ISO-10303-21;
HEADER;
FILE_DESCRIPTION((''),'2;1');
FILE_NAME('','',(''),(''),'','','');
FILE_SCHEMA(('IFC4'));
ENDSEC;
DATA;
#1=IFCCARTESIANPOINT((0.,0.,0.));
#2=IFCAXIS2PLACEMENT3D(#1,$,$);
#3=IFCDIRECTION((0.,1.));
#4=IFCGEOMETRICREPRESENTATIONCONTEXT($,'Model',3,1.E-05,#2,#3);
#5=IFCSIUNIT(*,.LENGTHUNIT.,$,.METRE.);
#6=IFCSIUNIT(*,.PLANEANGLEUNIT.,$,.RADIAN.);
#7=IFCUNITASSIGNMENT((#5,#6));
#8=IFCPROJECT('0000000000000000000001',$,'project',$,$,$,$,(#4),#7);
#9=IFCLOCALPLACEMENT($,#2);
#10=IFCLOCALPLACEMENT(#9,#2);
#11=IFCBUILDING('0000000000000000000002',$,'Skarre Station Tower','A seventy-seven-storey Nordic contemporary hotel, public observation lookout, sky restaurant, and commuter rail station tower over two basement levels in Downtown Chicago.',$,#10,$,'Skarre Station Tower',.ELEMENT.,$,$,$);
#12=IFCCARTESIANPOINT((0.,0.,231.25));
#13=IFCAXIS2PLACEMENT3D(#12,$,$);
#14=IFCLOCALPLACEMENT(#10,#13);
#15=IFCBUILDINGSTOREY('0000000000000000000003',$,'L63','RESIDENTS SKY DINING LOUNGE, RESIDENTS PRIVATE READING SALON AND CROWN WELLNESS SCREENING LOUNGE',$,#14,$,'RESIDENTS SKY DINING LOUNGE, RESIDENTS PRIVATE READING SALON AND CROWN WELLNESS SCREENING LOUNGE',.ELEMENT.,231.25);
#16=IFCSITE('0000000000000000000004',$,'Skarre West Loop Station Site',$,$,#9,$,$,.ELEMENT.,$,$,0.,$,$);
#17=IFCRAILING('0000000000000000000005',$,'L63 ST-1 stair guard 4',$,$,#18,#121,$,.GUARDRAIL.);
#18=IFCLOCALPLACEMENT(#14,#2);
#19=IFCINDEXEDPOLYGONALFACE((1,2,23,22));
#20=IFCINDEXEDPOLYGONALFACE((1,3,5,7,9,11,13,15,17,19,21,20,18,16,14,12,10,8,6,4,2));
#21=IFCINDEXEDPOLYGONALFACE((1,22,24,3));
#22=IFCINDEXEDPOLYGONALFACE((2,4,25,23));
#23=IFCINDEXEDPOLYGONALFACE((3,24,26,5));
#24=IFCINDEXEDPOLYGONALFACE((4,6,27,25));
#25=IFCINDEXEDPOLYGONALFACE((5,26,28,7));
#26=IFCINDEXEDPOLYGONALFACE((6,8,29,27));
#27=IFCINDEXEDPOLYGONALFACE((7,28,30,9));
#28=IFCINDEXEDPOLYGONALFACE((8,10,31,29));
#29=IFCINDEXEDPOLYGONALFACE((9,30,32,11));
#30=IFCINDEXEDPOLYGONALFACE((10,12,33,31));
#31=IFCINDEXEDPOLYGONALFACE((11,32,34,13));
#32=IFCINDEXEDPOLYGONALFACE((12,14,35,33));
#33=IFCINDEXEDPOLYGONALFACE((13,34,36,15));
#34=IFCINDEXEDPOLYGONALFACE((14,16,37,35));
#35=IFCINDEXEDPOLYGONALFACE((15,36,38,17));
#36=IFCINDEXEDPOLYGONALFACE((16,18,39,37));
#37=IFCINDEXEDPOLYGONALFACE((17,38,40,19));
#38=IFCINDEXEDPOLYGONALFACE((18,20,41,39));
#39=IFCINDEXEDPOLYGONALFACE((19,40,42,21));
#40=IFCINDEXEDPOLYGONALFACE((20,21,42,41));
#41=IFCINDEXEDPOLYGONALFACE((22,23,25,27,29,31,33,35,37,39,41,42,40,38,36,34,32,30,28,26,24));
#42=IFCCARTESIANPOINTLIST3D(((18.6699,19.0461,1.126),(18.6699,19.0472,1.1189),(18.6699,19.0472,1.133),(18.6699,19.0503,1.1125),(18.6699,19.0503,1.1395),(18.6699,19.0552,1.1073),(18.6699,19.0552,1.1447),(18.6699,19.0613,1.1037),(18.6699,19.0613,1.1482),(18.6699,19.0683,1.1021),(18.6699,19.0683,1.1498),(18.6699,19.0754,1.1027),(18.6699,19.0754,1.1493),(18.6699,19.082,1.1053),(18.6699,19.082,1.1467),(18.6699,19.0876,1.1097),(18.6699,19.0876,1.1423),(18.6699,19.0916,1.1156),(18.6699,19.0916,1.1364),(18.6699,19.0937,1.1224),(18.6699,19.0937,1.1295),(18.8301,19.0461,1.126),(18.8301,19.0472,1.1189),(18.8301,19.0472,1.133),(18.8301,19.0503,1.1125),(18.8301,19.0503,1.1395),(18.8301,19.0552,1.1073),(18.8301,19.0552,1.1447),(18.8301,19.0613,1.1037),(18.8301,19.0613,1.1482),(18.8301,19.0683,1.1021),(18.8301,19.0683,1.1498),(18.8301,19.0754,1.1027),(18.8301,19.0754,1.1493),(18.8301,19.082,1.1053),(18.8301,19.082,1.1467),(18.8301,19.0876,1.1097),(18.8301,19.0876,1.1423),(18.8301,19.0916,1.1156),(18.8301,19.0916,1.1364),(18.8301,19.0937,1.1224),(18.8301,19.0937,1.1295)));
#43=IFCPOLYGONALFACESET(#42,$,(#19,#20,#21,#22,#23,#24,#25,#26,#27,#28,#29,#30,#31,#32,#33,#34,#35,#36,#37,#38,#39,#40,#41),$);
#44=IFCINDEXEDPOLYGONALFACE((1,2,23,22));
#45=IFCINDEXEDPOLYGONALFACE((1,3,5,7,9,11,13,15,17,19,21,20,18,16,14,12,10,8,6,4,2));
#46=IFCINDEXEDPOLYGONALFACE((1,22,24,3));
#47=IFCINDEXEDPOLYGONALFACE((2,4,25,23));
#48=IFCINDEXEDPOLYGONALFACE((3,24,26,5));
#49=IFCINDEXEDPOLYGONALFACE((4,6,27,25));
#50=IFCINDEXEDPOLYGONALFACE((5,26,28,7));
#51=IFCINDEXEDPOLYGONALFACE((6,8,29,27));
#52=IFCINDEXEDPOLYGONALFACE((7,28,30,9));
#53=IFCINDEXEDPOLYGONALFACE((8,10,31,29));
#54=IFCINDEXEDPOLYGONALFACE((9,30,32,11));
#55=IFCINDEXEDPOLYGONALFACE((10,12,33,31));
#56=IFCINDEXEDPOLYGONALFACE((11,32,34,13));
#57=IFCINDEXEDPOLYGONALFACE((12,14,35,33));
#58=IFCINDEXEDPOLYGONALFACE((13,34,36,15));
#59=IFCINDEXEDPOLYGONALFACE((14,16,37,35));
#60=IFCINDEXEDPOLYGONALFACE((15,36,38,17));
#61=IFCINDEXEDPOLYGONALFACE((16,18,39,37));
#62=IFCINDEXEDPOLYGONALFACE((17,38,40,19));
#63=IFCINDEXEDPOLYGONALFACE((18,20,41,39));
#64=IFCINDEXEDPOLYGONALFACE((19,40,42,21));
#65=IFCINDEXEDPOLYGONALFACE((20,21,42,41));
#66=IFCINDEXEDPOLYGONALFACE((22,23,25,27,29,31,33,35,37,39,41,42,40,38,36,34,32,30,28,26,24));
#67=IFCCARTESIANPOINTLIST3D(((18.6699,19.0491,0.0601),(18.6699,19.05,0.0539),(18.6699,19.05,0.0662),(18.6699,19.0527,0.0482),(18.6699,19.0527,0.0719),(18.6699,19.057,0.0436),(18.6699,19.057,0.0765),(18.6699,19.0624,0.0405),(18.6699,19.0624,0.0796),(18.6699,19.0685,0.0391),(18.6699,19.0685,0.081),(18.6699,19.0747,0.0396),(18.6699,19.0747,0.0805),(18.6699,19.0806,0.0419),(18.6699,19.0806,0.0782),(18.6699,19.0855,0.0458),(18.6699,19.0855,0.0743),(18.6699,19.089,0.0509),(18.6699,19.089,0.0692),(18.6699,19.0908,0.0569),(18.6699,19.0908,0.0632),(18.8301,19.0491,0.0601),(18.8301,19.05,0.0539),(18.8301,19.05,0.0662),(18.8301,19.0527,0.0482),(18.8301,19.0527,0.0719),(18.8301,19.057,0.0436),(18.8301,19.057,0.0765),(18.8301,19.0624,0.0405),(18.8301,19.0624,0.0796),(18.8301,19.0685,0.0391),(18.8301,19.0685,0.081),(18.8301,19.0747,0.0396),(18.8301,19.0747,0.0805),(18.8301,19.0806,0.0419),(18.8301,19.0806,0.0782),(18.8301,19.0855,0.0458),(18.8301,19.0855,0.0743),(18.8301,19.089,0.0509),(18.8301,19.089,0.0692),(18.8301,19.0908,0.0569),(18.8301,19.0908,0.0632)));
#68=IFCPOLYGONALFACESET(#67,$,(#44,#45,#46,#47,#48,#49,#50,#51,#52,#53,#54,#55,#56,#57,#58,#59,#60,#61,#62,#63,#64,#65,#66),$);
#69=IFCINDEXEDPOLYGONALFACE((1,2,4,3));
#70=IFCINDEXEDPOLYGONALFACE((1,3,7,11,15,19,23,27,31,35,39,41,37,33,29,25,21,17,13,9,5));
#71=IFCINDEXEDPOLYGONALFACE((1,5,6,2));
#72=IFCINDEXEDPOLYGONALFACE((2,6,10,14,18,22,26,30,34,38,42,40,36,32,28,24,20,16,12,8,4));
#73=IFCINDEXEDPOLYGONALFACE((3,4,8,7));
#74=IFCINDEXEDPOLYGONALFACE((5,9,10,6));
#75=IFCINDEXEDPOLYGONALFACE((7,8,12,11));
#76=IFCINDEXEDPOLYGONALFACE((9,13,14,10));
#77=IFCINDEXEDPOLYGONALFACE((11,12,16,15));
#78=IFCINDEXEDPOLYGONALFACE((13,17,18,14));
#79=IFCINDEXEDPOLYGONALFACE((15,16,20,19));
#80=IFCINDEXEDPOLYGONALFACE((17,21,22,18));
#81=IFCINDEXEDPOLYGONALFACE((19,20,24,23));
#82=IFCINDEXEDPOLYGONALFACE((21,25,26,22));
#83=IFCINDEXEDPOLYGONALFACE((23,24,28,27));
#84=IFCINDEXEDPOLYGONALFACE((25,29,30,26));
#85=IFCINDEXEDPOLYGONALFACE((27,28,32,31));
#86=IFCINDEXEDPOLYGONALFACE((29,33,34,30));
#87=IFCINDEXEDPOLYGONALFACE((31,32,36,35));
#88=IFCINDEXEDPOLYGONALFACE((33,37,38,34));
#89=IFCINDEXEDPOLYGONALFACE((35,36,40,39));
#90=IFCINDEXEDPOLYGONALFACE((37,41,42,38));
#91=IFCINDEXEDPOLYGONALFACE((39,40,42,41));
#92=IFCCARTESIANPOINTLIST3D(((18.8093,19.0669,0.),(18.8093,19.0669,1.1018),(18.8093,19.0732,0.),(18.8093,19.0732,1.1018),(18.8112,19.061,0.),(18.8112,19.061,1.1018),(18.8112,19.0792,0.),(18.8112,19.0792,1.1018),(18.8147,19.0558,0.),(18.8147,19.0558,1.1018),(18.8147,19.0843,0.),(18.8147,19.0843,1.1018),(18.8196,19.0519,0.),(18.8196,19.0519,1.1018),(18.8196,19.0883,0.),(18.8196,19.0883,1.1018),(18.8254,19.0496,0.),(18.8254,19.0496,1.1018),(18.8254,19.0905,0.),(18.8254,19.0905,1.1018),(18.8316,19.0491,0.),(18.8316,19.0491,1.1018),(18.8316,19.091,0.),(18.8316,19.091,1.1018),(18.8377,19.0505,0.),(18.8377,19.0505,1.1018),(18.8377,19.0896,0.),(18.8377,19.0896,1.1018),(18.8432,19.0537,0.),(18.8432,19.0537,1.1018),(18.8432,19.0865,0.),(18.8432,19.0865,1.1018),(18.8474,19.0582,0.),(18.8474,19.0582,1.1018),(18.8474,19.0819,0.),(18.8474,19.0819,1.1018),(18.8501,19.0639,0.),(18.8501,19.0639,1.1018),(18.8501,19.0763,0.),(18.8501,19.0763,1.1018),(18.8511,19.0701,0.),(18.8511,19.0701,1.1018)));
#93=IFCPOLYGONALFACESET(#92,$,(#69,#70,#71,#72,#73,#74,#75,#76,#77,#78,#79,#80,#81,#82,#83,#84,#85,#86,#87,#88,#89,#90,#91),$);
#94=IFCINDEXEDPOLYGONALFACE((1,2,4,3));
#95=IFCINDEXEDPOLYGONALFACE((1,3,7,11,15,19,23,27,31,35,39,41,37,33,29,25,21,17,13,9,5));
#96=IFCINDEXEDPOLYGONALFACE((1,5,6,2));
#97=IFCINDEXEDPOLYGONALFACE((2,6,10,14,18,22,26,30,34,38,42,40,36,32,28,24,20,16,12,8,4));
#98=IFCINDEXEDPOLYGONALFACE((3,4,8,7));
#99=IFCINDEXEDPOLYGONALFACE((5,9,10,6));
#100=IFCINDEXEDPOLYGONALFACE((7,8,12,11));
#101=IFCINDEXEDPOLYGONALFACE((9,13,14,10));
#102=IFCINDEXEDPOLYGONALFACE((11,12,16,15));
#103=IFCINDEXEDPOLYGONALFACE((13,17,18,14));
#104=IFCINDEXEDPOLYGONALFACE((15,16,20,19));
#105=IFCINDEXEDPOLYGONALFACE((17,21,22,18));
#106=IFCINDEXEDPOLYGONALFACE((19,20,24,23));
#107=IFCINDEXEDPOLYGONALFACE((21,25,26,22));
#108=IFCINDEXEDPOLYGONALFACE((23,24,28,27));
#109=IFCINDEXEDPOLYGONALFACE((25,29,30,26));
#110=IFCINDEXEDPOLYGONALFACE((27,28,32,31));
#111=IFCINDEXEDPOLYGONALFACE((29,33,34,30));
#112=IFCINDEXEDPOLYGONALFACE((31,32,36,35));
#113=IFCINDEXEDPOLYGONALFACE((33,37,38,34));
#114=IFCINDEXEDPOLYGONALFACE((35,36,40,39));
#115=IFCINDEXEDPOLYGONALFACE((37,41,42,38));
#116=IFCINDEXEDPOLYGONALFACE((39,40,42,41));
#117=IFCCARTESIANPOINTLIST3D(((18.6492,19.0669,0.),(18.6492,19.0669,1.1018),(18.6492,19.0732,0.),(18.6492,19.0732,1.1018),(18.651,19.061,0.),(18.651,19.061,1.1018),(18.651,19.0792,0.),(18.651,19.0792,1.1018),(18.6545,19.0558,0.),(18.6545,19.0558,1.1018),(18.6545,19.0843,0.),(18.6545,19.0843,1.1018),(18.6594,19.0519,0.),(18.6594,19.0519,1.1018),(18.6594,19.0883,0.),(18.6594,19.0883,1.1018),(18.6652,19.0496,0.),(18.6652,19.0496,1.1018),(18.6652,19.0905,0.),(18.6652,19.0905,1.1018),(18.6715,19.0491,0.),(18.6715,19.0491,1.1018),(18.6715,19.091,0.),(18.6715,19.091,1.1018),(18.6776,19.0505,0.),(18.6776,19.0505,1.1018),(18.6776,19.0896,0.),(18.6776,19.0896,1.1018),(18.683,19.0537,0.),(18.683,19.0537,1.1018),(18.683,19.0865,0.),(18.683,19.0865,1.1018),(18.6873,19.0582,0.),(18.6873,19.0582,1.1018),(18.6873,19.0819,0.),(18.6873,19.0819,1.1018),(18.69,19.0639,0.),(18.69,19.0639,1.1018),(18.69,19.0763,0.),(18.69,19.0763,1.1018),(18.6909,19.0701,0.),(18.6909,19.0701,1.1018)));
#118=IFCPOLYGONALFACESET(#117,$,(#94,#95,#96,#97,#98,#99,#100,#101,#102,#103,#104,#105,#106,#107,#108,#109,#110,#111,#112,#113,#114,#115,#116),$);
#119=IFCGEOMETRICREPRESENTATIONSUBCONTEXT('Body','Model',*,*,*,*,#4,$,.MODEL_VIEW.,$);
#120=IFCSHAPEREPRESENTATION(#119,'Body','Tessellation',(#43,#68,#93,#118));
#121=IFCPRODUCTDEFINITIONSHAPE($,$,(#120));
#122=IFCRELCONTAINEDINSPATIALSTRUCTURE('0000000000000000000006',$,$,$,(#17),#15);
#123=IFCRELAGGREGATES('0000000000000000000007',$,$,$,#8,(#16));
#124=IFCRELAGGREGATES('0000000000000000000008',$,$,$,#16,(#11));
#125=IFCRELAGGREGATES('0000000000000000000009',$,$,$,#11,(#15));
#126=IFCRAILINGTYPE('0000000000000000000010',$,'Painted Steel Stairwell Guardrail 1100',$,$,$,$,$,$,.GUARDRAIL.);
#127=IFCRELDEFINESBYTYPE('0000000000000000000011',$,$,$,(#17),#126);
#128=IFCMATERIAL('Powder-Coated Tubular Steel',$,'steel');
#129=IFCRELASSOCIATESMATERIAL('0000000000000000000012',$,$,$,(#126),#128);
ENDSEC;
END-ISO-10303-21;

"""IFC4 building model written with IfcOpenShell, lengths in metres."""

from ifc_helpers import new_model, si_unit, direction, frame, origin, origin_2d, place, context, subcontext, project, spatial, circle, extrude, material, type_object, element, save


model = new_model("IFC4")

# Units and contexts
model_context = context("Model", 3, precision=1e-05, world=origin(), true_north=direction((0.0, 1.0)))
body_context = subcontext(model_context, "Body", "Model", "MODEL_VIEW")
ifc_project = project(units=[si_unit("LENGTHUNIT", "METRE"), si_unit("PLANEANGLEUNIT", "RADIAN")], contexts=[model_context])

# Site, building, storey
site_placement = place(None, origin())
site = spatial("IfcSite", under=ifc_project, at=site_placement, Name="Skarre West Loop Station Site", CompositionType="ELEMENT", RefElevation=0.0)
building_placement = place(site_placement, origin())
building = spatial("IfcBuilding", under=site, at=building_placement, Name="Skarre Station Tower", Description="A seventy-seven-storey Nordic contemporary hotel, public observation lookout, sky restaurant, and commuter rail station tower over two basement levels in Downtown Chicago.", LongName="Skarre Station Tower", CompositionType="ELEMENT")
storey_placement = place(building_placement, frame((0.0, 0.0, 231.25)))
storey = spatial("IfcBuildingStorey", under=building, at=storey_placement, Name="L63", Description="RESIDENTS SKY DINING LOUNGE, RESIDENTS PRIVATE READING SALON AND CROWN WELLNESS SCREENING LOUNGE", LongName="RESIDENTS SKY DINING LOUNGE, RESIDENTS PRIVATE READING SALON AND CROWN WELLNESS SCREENING LOUNGE", CompositionType="ELEMENT", Elevation=231.25)

# Railing
ifc_material_1 = material(Name="Powder-Coated Tubular Steel", Category="steel")
railing_type_1 = type_object("IfcRailingType", Name="Painted Steel Stairwell Guardrail 1100", PredefinedType="GUARDRAIL", material=ifc_material_1)
railing_1_placement = place(storey_placement, frame((18.8301, 19.0701, 0.0)))
element("IfcRailing", 1, at=railing_1_placement, inside=storey, type_object=railing_type_1, Name="L63 ST-1 stair guard 4", PredefinedType="GUARDRAIL", context=body_context, shape_type="SweptSolid", body=[
    extrude(circle(Radius=0.0239, at=origin_2d()), frame((0.0, 0.0, 1.126), z_axis=(-1.0, 0.0, 0.0), x_axis=(0.0, -1.0, 0.0)), (0.0, 0.0, 1.0), 0.1602),
    extrude(circle(Radius=0.021, at=origin_2d()), frame((0.0, 0.0, 0.0601), z_axis=(-1.0, 0.0, 0.0), x_axis=(0.0, -1.0, 0.0)), (0.0, 0.0, 1.0), 0.1602),
    extrude(circle(Radius=0.021, at=origin_2d()), origin(), (0.0, 0.0, 1.0), 1.1018),
    extrude(circle(Radius=0.021, at=origin_2d()), frame((-0.1602, 0.0, 0.0)), (0.0, 0.0, 1.0), 1.1018),
])

save(model, "model.ifc")
